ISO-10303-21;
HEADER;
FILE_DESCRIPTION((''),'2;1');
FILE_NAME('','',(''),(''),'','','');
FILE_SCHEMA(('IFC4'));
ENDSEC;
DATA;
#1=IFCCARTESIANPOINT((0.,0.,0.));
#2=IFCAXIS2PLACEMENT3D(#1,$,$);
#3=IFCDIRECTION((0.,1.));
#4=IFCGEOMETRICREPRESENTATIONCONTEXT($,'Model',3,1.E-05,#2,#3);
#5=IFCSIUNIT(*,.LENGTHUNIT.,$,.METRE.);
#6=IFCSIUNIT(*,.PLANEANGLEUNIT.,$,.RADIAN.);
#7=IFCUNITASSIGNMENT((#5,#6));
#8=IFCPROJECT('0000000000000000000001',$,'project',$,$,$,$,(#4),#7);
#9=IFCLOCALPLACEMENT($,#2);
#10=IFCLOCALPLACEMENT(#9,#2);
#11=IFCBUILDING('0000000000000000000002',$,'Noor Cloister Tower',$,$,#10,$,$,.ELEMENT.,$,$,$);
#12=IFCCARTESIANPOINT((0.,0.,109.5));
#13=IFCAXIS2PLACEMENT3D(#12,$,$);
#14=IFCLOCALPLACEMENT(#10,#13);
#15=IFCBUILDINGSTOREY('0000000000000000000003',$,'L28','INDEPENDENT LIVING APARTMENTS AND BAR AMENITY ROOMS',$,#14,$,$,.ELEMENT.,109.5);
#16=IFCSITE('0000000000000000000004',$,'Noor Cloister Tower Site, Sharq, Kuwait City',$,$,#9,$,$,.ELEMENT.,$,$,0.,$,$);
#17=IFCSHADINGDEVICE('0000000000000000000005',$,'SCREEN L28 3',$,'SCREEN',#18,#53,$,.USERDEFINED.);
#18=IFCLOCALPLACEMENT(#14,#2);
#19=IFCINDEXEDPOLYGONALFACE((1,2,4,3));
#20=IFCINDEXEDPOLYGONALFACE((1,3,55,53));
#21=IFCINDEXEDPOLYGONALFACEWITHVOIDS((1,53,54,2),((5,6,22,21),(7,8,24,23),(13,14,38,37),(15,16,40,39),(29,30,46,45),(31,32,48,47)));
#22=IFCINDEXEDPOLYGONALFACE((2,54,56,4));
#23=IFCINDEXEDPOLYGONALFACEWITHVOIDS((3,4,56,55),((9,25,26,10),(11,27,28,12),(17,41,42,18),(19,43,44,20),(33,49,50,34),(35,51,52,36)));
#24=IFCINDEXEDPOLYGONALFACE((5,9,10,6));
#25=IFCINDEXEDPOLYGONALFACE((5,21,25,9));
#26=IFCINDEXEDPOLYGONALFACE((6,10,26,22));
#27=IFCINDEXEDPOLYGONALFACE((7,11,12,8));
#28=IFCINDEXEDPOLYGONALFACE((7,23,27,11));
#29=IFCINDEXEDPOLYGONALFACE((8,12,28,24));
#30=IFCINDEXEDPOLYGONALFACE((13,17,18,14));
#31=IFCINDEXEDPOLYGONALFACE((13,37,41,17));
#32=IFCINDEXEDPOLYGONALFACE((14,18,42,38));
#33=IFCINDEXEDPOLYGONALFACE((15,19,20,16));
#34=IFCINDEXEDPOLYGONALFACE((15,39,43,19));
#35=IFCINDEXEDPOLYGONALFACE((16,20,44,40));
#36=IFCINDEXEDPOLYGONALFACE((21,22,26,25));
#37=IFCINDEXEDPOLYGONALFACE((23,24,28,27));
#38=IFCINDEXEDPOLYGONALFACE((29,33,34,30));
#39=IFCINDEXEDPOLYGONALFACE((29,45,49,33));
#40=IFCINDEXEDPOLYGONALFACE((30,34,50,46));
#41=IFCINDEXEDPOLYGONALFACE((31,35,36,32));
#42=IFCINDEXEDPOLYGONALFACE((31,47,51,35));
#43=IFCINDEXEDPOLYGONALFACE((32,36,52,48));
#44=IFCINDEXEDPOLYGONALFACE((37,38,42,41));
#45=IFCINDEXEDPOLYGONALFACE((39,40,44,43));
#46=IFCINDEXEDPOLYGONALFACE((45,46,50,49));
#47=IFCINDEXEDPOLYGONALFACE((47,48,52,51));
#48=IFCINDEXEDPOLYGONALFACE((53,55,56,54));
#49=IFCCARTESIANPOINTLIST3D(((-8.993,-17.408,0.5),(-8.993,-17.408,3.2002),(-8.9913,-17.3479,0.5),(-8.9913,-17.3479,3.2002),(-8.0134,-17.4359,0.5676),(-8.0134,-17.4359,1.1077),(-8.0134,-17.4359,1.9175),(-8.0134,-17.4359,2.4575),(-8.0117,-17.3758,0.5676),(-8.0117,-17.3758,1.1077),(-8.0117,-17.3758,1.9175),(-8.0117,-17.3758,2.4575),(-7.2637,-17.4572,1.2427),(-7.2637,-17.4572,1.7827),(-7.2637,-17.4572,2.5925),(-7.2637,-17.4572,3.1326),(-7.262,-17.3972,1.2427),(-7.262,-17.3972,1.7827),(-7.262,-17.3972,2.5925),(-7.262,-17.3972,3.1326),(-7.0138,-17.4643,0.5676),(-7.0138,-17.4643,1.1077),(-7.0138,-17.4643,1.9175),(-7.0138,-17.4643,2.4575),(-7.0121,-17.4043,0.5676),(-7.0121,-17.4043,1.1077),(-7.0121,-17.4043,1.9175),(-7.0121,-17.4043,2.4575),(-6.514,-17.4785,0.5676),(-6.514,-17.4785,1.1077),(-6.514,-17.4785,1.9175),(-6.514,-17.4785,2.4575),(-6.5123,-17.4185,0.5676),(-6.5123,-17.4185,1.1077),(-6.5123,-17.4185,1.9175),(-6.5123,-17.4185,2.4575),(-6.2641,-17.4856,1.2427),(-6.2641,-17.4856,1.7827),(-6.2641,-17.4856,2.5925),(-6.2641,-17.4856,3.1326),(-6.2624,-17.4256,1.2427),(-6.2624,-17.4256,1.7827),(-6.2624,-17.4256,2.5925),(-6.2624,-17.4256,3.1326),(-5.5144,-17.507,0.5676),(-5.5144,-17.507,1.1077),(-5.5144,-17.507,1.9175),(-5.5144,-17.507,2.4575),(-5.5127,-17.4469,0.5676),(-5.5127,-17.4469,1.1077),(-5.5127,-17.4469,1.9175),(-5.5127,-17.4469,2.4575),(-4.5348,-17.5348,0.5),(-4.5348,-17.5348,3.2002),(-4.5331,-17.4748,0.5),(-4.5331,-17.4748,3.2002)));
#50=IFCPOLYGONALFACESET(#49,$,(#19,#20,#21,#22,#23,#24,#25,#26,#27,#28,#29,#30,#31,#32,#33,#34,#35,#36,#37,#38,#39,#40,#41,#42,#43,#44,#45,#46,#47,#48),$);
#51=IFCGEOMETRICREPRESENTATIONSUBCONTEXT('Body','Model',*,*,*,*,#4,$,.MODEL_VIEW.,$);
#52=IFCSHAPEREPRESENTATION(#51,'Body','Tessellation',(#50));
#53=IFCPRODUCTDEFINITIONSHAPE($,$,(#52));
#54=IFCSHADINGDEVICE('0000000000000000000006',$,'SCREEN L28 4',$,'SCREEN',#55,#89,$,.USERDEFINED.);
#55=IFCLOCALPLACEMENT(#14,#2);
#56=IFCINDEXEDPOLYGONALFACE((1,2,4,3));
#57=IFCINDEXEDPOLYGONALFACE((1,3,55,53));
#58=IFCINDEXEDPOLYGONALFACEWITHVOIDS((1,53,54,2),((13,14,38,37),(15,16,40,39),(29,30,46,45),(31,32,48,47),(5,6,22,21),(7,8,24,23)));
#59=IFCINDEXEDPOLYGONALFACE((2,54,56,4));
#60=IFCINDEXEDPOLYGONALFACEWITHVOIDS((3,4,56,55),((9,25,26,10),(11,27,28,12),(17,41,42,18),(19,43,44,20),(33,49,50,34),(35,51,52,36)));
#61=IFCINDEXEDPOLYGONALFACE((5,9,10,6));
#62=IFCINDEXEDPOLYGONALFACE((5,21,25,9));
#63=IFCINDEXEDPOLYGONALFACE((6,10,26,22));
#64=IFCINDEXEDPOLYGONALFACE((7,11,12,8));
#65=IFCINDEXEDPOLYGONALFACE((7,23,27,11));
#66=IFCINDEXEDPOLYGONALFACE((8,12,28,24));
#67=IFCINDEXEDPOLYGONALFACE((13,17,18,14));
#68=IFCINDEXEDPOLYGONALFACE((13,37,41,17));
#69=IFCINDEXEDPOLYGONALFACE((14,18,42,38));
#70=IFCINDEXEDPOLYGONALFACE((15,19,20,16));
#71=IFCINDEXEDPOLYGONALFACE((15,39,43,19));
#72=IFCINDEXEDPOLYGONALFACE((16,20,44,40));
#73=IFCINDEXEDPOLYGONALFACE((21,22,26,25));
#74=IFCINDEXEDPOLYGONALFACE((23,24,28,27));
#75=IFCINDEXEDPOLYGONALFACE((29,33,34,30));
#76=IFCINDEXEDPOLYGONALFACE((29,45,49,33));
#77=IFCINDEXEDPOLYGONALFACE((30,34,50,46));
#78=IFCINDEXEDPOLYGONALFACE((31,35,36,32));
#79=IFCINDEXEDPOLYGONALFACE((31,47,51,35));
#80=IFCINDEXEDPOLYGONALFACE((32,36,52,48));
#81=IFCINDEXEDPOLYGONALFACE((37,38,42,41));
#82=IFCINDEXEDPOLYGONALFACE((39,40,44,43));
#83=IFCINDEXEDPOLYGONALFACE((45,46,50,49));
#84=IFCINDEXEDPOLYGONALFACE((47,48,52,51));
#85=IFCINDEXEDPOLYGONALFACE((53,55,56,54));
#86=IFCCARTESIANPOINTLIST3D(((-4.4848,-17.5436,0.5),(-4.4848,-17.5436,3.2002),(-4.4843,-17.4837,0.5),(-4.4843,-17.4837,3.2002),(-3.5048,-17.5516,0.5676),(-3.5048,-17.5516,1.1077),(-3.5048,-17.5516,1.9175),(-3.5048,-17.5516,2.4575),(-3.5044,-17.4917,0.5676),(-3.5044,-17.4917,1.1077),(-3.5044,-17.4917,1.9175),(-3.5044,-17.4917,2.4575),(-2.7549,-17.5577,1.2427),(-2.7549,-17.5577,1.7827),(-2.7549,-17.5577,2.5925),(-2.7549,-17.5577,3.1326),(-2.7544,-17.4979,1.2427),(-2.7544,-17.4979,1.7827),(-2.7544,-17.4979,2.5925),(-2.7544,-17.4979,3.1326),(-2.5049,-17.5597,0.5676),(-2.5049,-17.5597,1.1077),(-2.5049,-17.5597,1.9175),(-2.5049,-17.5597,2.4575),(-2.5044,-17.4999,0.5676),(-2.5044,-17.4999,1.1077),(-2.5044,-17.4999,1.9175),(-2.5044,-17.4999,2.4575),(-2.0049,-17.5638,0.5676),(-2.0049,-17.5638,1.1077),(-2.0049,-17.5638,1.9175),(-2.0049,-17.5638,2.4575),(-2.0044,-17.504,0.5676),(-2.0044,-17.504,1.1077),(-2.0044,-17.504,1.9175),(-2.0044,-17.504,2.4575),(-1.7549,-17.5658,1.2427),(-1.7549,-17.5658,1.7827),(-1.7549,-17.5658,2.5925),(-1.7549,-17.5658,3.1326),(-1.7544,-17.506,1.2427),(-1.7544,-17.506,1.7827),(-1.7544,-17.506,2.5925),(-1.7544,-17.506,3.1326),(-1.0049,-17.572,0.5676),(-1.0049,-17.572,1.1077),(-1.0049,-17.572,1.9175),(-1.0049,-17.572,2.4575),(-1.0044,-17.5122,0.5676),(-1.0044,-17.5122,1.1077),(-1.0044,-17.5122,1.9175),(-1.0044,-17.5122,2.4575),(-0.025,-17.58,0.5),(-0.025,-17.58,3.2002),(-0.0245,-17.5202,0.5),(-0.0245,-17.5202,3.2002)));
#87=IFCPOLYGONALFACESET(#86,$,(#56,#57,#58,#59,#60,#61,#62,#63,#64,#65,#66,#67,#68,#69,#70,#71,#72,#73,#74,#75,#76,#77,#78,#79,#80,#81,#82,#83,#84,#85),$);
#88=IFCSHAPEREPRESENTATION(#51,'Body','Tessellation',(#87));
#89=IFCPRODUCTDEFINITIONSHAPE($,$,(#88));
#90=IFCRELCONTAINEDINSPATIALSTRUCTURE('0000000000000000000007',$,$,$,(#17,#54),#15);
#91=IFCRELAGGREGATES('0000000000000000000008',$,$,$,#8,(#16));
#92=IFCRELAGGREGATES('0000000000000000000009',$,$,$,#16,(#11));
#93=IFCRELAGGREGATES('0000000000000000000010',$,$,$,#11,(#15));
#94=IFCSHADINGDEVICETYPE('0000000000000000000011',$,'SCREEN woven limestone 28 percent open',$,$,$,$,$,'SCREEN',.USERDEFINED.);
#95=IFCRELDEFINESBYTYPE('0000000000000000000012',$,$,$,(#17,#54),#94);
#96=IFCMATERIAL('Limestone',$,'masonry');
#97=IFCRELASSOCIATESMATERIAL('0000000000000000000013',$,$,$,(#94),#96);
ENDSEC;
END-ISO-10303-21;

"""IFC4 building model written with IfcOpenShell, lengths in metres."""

from ifc_helpers import new_model, si_unit, direction, frame, origin, place, context, subcontext, project, spatial, polyline, outline, extrude, material, material_profile, profile_set, type_object, element, save


model = new_model("IFC4")

# Units and contexts
model_context = context("Model", 3, precision=1e-05, world=origin(), true_north=direction((0.0, 1.0)))
body_context = subcontext(model_context, "Body", "Model", "MODEL_VIEW")
ifc_project = project(units=[si_unit("LENGTHUNIT", "METRE"), si_unit("PLANEANGLEUNIT", "RADIAN")], contexts=[model_context])

# Site, building, storey
site_placement = place(None, origin())
site = spatial("IfcSite", under=ifc_project, at=site_placement, Name="Noor Cloister Tower Site, Sharq, Kuwait City", CompositionType="ELEMENT", RefElevation=0.0)
building_placement = place(site_placement, origin())
building = spatial("IfcBuilding", under=site, at=building_placement, Name="Noor Cloister Tower", CompositionType="ELEMENT")
storey_placement = place(building_placement, frame((0.0, 0.0, 109.5)))
storey = spatial("IfcBuildingStorey", under=building, at=storey_placement, Name="L28", Description="INDEPENDENT LIVING APARTMENTS AND BAR AMENITY ROOMS", CompositionType="ELEMENT", Elevation=109.5)

# Shading devices
ifc_material_1 = material(Name="Limestone", Category="masonry")
ifc_material_profile_1 = material_profile(ifc_material_1, outline(polyline([(-2.23, -1.3501), (2.23, -1.3501), (2.23, 1.3501), (-2.23, 1.3501), (-2.23, -1.3501)]), holes=[polyline([(-1.25, -1.2825), (-0.25, -1.2825), (-0.25, -0.7424), (-1.25, -0.7424), (-1.25, -1.2825)]), polyline([(0.25, -1.2825), (1.25, -1.2825), (1.25, -0.7424), (0.25, -0.7424), (0.25, -1.2825)]), polyline([(-0.5, -0.6074), (0.5, -0.6074), (0.5, -0.0674), (-0.5, -0.0674), (-0.5, -0.6074)]), polyline([(-1.25, 0.0674), (-0.25, 0.0674), (-0.25, 0.6074), (-1.25, 0.6074), (-1.25, 0.0674)]), polyline([(0.25, 0.0674), (1.25, 0.0674), (1.25, 0.6074), (0.25, 0.6074), (0.25, 0.0674)]), polyline([(-0.5, 0.7424), (0.5, 0.7424), (0.5, 1.2825), (-0.5, 1.2825), (-0.5, 0.7424)])]), Name="Woven screen 28 percent open")
ifc_profile_set_1 = profile_set([ifc_material_profile_1], Name="Limestone")
shading_device_type = type_object("IfcShadingDeviceType", Name="SCREEN woven limestone 28 percent open", ElementType="SCREEN", PredefinedType="USERDEFINED", material=ifc_profile_set_1)
shading_device_1_placement = place(storey_placement, frame((-6.7622, -17.4114, 1.8501), z_axis=(-0.028444, -0.999595, 0.0), x_axis=(0.999595, -0.028444, 0.0)))
element("IfcShadingDevice", 1, at=shading_device_1_placement, inside=storey, type_object=shading_device_type, Name="SCREEN L28 3", ObjectType="SCREEN", PredefinedType="USERDEFINED", context=body_context, shape_type="SweptSolid", body=[
    extrude(outline(polyline([(-2.23, -1.3501), (2.23, -1.3501), (2.23, 1.3501), (-2.23, 1.3501), (-2.23, -1.3501)]), holes=[polyline([(-1.25, -1.2825), (-0.25, -1.2825), (-0.25, -0.7424), (-1.25, -0.7424), (-1.25, -1.2825)]), polyline([(0.25, -1.2825), (1.25, -1.2825), (1.25, -0.7424), (0.25, -0.7424), (0.25, -1.2825)]), polyline([(-0.5, -0.6074), (0.5, -0.6074), (0.5, -0.0674), (-0.5, -0.0674), (-0.5, -0.6074)]), polyline([(-1.25, 0.0674), (-0.25, 0.0674), (-0.25, 0.6074), (-1.25, 0.6074), (-1.25, 0.0674)]), polyline([(0.25, 0.0674), (1.25, 0.0674), (1.25, 0.6074), (0.25, 0.6074), (0.25, 0.0674)]), polyline([(-0.5, 0.7424), (0.5, 0.7424), (0.5, 1.2825), (-0.5, 1.2825), (-0.5, 0.7424)])]), origin(), (0.0, 0.0, 1.0), 0.0601),
])
shading_device_2_placement = place(storey_placement, frame((-2.2544, -17.502, 1.8501), z_axis=(-0.008163, -0.999967, 0.0), x_axis=(0.999967, -0.008163, 0.0)))
element("IfcShadingDevice", 2, at=shading_device_2_placement, inside=storey, type_object=shading_device_type, Name="SCREEN L28 4", ObjectType="SCREEN", PredefinedType="USERDEFINED", context=body_context, shape_type="SweptSolid", body=[
    extrude(outline(polyline([(-2.23, -1.3501), (2.23, -1.3501), (2.23, 1.3501), (-2.23, 1.3501), (-2.23, -1.3501)]), holes=[polyline([(-1.25, -1.2825), (-0.25, -1.2825), (-0.25, -0.7424), (-1.25, -0.7424), (-1.25, -1.2825)]), polyline([(0.25, -1.2825), (1.25, -1.2825), (1.25, -0.7424), (0.25, -0.7424), (0.25, -1.2825)]), polyline([(-0.5, -0.6074), (0.5, -0.6074), (0.5, -0.0674), (-0.5, -0.0674), (-0.5, -0.6074)]), polyline([(-1.25, 0.0674), (-0.25, 0.0674), (-0.25, 0.6074), (-1.25, 0.6074), (-1.25, 0.0674)]), polyline([(0.25, 0.0674), (1.25, 0.0674), (1.25, 0.6074), (0.25, 0.6074), (0.25, 0.0674)]), polyline([(-0.5, 0.7424), (0.5, 0.7424), (0.5, 1.2825), (-0.5, 1.2825), (-0.5, 0.7424)])]), origin(), (0.0, 0.0, 1.0), 0.0598),
])

save(model, "model.ifc")
